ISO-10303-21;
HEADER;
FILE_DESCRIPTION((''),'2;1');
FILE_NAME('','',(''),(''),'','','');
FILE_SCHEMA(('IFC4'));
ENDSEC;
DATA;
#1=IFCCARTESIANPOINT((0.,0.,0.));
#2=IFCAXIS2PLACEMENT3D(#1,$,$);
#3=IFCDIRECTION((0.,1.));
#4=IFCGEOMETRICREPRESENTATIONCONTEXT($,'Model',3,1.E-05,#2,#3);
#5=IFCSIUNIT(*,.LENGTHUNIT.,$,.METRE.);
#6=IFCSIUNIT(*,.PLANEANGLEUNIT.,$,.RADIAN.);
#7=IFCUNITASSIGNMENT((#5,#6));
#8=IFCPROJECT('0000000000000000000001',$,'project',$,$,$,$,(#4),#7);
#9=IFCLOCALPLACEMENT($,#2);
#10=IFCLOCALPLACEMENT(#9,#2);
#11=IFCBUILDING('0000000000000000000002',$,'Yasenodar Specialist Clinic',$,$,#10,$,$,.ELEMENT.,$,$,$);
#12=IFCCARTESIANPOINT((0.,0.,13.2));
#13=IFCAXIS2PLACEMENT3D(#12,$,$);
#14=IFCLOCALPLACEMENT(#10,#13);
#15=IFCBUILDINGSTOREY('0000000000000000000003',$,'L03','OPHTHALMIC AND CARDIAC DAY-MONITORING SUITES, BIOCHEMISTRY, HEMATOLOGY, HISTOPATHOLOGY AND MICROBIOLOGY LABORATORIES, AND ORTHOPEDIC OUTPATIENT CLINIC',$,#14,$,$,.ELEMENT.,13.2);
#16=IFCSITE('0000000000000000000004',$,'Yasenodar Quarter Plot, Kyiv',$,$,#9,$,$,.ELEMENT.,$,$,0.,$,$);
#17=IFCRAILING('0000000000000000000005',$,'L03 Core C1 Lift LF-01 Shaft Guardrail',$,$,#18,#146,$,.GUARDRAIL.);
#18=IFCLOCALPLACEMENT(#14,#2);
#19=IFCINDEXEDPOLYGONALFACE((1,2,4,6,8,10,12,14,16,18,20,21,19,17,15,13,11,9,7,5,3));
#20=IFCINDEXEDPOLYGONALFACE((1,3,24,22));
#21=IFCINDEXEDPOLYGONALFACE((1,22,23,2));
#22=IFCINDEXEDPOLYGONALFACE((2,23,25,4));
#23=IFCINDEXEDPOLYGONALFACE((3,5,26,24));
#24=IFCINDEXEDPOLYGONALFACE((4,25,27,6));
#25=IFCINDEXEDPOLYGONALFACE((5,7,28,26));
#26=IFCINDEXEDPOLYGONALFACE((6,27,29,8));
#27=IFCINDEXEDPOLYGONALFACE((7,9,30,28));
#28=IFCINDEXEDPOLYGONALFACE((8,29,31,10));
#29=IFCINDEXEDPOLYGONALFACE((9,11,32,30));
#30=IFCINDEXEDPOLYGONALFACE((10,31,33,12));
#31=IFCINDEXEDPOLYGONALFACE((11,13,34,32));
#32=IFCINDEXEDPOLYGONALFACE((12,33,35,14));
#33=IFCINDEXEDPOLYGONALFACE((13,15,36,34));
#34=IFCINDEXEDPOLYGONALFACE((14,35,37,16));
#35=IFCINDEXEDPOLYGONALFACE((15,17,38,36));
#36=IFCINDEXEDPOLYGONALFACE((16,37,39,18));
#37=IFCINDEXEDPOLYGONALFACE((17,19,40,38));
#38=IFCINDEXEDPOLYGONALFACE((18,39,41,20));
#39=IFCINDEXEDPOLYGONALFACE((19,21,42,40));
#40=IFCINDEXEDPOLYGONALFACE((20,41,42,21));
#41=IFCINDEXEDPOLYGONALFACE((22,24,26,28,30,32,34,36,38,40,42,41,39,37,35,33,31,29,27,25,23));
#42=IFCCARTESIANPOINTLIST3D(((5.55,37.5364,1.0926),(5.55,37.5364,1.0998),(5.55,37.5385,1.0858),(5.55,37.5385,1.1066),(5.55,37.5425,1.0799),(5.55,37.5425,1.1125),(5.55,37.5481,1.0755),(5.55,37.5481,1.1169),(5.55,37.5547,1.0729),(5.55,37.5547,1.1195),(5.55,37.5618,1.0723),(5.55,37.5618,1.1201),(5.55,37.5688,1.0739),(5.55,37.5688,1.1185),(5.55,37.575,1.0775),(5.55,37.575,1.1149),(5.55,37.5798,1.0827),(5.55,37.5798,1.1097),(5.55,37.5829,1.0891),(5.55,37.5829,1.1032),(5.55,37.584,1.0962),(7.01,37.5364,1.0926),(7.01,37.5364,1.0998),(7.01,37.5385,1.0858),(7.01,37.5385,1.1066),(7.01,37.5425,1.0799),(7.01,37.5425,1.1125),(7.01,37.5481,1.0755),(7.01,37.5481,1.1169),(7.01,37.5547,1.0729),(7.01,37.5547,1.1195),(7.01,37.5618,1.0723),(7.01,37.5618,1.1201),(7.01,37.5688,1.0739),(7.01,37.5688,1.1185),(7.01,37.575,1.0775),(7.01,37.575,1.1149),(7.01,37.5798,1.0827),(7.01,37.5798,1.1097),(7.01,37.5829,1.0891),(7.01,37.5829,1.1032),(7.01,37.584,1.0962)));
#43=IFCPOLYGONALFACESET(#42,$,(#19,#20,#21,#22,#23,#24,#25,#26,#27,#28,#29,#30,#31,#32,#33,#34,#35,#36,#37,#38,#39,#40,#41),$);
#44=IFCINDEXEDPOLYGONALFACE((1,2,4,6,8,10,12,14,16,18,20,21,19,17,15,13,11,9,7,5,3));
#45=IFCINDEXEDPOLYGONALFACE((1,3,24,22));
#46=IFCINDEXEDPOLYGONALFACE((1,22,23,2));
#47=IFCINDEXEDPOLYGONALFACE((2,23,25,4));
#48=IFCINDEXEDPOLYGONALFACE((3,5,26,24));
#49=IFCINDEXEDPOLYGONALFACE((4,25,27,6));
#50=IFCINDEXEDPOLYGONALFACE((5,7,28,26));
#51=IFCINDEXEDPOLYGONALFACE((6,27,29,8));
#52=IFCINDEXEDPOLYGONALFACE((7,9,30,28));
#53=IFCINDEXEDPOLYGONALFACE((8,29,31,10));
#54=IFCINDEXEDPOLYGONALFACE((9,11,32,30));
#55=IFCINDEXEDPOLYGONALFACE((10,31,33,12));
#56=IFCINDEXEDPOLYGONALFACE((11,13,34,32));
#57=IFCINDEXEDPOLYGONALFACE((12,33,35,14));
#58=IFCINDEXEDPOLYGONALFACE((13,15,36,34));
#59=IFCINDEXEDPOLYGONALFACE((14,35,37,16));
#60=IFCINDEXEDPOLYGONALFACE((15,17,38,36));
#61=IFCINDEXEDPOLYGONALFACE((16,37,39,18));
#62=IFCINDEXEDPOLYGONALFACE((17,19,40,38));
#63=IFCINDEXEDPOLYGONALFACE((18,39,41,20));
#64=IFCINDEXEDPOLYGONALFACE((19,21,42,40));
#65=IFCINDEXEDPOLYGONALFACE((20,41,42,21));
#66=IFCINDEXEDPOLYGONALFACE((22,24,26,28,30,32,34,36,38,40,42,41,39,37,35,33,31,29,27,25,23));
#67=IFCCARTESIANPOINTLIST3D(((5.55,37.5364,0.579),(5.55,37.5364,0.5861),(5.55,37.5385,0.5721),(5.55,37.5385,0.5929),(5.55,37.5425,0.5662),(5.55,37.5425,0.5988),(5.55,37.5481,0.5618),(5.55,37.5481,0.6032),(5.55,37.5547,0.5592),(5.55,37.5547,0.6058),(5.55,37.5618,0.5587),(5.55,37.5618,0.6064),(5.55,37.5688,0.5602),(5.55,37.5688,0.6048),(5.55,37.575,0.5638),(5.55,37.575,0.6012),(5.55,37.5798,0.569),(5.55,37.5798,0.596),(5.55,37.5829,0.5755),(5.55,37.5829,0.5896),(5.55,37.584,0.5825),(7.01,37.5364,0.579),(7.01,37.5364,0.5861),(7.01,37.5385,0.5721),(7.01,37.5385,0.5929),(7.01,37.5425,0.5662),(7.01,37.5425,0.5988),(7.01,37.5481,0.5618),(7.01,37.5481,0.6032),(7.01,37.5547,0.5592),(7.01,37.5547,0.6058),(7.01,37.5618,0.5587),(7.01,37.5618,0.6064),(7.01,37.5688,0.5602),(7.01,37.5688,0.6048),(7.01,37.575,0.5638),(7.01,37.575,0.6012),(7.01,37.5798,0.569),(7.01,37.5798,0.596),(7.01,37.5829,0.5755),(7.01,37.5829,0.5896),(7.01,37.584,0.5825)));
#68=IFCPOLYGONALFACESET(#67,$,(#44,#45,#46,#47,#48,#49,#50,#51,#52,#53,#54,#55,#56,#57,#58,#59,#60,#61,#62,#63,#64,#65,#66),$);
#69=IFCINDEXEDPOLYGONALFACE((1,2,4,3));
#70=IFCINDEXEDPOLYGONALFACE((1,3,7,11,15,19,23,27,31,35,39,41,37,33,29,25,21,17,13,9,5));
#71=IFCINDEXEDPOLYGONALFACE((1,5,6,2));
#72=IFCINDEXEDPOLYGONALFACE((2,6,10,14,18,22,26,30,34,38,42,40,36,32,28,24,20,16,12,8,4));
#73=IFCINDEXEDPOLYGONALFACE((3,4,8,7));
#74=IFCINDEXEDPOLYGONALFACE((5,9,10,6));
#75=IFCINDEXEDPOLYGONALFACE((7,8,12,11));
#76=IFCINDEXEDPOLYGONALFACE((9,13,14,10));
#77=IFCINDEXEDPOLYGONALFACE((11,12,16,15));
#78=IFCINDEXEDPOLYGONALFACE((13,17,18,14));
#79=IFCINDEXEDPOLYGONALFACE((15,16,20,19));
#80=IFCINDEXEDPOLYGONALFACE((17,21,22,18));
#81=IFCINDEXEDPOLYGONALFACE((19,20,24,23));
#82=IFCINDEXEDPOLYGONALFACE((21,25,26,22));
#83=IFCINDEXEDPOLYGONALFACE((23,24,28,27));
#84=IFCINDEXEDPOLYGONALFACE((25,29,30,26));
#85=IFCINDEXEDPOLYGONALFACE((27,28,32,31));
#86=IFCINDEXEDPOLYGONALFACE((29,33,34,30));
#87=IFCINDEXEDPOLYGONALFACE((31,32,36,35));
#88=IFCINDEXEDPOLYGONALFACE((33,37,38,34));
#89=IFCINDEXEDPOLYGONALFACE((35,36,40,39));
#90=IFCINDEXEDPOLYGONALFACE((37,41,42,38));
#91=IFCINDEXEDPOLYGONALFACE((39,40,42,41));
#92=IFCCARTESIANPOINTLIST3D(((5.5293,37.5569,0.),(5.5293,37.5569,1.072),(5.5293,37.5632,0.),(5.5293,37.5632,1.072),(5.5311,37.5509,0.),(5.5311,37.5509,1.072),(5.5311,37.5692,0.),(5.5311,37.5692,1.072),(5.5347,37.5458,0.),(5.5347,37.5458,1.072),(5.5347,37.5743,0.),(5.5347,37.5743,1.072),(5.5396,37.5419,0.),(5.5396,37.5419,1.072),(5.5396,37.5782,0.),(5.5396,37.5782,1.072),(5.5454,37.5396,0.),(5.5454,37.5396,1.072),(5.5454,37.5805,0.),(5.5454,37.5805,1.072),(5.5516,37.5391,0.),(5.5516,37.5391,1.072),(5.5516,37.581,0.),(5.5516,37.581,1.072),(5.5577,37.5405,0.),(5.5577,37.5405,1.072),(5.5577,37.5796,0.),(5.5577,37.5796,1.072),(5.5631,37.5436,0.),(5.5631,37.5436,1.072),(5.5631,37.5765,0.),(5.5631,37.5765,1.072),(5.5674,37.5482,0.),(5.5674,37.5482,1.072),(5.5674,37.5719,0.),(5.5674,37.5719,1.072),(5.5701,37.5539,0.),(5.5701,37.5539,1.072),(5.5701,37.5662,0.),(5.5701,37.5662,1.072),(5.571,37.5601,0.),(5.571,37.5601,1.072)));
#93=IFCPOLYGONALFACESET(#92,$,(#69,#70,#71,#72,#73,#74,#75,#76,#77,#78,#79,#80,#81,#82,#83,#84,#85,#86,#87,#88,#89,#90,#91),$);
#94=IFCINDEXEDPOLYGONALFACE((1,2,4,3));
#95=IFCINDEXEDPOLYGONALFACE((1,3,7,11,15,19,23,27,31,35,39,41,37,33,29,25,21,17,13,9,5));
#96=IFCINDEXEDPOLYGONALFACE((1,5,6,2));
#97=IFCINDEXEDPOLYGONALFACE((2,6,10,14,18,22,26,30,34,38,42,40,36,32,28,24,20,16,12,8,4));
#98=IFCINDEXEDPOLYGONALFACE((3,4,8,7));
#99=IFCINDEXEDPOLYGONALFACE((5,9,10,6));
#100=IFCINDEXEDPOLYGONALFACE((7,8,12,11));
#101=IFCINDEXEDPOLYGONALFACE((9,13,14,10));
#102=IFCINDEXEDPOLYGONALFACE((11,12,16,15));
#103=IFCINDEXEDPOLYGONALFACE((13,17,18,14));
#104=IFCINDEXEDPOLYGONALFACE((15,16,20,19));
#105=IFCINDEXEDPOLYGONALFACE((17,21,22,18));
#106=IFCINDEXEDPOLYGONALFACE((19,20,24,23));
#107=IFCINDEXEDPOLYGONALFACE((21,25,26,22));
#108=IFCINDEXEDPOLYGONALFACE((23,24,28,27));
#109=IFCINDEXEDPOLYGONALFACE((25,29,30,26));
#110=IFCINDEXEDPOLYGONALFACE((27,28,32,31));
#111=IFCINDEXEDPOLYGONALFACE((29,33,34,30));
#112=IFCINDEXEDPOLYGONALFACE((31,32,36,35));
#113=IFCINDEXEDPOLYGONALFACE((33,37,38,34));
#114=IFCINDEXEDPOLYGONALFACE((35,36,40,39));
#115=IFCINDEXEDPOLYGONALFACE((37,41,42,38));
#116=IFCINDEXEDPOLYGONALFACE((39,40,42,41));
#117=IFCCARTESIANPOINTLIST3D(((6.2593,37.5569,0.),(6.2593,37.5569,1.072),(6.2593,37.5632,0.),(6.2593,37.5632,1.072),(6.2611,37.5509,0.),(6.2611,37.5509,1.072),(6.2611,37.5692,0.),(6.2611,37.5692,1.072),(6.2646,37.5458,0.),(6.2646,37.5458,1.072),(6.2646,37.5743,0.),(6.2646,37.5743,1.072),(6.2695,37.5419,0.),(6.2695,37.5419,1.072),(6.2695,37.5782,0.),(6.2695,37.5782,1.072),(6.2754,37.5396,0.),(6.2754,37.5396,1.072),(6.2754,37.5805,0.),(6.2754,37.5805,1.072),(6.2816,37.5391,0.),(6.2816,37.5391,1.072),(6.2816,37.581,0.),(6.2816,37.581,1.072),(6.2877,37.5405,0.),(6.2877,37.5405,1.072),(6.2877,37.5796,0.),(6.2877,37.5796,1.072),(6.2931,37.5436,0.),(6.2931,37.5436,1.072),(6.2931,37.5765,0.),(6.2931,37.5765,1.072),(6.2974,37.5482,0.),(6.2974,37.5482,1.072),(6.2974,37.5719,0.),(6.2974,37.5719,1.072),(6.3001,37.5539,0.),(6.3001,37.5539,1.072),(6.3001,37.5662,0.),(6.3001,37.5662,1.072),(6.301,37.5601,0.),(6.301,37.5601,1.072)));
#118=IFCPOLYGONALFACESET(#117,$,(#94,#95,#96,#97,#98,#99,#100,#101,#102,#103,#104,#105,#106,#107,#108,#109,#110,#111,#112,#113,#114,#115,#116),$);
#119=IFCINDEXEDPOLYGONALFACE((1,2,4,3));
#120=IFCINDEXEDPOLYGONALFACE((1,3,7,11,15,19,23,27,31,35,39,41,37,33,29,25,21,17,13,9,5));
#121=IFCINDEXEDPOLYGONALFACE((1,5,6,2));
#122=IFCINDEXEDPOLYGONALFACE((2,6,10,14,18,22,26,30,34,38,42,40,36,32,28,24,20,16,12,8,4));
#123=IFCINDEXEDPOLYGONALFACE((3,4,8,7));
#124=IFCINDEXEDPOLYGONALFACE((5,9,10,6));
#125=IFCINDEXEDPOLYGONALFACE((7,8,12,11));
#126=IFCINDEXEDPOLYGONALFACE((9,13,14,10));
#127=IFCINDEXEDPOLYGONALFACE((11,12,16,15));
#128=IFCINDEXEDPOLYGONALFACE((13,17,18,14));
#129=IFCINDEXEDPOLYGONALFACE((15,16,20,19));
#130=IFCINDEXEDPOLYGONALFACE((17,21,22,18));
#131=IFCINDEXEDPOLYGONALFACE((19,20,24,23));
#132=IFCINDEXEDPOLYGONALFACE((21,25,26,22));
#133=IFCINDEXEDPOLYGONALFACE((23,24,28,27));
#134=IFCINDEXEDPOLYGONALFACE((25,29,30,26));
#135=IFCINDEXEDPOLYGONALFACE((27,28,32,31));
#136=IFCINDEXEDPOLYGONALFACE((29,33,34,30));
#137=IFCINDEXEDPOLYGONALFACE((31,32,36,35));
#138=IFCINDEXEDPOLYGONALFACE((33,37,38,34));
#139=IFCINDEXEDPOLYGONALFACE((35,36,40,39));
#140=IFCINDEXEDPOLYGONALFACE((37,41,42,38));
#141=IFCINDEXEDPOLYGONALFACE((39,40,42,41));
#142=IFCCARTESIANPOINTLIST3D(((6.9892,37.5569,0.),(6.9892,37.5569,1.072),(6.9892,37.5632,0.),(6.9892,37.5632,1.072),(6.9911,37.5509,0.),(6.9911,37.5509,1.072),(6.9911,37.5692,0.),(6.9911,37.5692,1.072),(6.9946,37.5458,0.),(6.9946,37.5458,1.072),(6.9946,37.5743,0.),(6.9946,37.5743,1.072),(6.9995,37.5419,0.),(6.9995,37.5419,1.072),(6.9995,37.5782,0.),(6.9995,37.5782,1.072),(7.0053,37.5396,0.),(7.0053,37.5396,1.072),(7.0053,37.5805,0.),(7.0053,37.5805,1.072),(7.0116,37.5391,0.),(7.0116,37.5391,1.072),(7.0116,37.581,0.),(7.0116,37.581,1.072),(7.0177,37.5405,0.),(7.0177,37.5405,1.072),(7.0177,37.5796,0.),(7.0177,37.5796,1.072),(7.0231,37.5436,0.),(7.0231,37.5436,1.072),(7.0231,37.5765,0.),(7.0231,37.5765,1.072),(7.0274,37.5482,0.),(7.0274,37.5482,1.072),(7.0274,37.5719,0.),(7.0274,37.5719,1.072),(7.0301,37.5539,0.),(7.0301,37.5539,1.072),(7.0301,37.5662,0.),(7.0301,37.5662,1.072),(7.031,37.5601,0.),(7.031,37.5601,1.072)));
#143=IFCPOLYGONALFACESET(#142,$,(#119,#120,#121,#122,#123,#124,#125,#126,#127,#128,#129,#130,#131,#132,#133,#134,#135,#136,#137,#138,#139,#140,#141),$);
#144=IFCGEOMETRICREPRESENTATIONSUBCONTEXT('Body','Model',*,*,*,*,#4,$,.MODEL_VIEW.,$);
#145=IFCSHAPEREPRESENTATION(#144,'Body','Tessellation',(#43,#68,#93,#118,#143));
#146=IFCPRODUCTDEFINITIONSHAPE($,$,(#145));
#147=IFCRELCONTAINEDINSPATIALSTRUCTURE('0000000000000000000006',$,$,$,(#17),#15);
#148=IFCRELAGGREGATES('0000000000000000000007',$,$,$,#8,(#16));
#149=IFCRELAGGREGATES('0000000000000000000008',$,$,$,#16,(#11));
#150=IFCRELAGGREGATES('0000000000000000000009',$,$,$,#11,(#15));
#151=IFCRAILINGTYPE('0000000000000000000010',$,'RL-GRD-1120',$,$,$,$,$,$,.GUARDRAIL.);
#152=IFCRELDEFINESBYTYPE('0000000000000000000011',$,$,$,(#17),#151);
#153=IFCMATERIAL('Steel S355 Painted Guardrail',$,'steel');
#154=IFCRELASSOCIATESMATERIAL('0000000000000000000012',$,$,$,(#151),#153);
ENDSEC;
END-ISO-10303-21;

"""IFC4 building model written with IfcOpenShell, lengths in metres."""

from ifc_helpers import new_model, si_unit, direction, frame, origin, origin_2d, place, context, subcontext, project, spatial, circle, extrude, material, type_object, element, save


model = new_model("IFC4")

# Units and contexts
model_context = context("Model", 3, precision=1e-05, world=origin(), true_north=direction((0.0, 1.0)))
body_context = subcontext(model_context, "Body", "Model", "MODEL_VIEW")
ifc_project = project(units=[si_unit("LENGTHUNIT", "METRE"), si_unit("PLANEANGLEUNIT", "RADIAN")], contexts=[model_context])

# Site, building, storey
site_placement = place(None, origin())
site = spatial("IfcSite", under=ifc_project, at=site_placement, Name="Yasenodar Quarter Plot, Kyiv", CompositionType="ELEMENT", RefElevation=0.0)
building_placement = place(site_placement, origin())
building = spatial("IfcBuilding", under=site, at=building_placement, Name="Yasenodar Specialist Clinic", CompositionType="ELEMENT")
storey_placement = place(building_placement, frame((0.0, 0.0, 13.2)))
storey = spatial("IfcBuildingStorey", under=building, at=storey_placement, Name="L03", Description="OPHTHALMIC AND CARDIAC DAY-MONITORING SUITES, BIOCHEMISTRY, HEMATOLOGY, HISTOPATHOLOGY AND MICROBIOLOGY LABORATORIES, AND ORTHOPEDIC OUTPATIENT CLINIC", CompositionType="ELEMENT", Elevation=13.2)

# Railing
ifc_material_1 = material(Name="Steel S355 Painted Guardrail", Category="steel")
railing_type_1 = type_object("IfcRailingType", Name="RL-GRD-1120", PredefinedType="GUARDRAIL", material=ifc_material_1)
railing_1_placement = place(storey_placement, frame((5.55, 37.5601, 0.0)))
element("IfcRailing", 1, at=railing_1_placement, inside=storey, type_object=railing_type_1, Name="L03 Core C1 Lift LF-01 Shaft Guardrail", PredefinedType="GUARDRAIL", context=body_context, shape_type="SweptSolid", body=[
    extrude(circle(Radius=0.0239, at=origin_2d()), frame((0.0, 0.0, 1.0962), z_axis=(1.0, 0.0, 0.0), x_axis=(0.0, 1.0, 0.0)), (0.0, 0.0, 1.0), 1.46),
    extrude(circle(Radius=0.0239, at=origin_2d()), frame((0.0, 0.0, 0.5825), z_axis=(1.0, 0.0, 0.0), x_axis=(0.0, 1.0, 0.0)), (0.0, 0.0, 1.0), 1.46),
    extrude(circle(Radius=0.021, at=origin_2d()), origin(), (0.0, 0.0, 1.0), 1.072),
    extrude(circle(Radius=0.021, at=origin_2d()), frame((0.73, 0.0, 0.0)), (0.0, 0.0, 1.0), 1.072),
    extrude(circle(Radius=0.021, at=origin_2d()), frame((1.46, 0.0, 0.0)), (0.0, 0.0, 1.0), 1.072),
])

save(model, "model.ifc")
